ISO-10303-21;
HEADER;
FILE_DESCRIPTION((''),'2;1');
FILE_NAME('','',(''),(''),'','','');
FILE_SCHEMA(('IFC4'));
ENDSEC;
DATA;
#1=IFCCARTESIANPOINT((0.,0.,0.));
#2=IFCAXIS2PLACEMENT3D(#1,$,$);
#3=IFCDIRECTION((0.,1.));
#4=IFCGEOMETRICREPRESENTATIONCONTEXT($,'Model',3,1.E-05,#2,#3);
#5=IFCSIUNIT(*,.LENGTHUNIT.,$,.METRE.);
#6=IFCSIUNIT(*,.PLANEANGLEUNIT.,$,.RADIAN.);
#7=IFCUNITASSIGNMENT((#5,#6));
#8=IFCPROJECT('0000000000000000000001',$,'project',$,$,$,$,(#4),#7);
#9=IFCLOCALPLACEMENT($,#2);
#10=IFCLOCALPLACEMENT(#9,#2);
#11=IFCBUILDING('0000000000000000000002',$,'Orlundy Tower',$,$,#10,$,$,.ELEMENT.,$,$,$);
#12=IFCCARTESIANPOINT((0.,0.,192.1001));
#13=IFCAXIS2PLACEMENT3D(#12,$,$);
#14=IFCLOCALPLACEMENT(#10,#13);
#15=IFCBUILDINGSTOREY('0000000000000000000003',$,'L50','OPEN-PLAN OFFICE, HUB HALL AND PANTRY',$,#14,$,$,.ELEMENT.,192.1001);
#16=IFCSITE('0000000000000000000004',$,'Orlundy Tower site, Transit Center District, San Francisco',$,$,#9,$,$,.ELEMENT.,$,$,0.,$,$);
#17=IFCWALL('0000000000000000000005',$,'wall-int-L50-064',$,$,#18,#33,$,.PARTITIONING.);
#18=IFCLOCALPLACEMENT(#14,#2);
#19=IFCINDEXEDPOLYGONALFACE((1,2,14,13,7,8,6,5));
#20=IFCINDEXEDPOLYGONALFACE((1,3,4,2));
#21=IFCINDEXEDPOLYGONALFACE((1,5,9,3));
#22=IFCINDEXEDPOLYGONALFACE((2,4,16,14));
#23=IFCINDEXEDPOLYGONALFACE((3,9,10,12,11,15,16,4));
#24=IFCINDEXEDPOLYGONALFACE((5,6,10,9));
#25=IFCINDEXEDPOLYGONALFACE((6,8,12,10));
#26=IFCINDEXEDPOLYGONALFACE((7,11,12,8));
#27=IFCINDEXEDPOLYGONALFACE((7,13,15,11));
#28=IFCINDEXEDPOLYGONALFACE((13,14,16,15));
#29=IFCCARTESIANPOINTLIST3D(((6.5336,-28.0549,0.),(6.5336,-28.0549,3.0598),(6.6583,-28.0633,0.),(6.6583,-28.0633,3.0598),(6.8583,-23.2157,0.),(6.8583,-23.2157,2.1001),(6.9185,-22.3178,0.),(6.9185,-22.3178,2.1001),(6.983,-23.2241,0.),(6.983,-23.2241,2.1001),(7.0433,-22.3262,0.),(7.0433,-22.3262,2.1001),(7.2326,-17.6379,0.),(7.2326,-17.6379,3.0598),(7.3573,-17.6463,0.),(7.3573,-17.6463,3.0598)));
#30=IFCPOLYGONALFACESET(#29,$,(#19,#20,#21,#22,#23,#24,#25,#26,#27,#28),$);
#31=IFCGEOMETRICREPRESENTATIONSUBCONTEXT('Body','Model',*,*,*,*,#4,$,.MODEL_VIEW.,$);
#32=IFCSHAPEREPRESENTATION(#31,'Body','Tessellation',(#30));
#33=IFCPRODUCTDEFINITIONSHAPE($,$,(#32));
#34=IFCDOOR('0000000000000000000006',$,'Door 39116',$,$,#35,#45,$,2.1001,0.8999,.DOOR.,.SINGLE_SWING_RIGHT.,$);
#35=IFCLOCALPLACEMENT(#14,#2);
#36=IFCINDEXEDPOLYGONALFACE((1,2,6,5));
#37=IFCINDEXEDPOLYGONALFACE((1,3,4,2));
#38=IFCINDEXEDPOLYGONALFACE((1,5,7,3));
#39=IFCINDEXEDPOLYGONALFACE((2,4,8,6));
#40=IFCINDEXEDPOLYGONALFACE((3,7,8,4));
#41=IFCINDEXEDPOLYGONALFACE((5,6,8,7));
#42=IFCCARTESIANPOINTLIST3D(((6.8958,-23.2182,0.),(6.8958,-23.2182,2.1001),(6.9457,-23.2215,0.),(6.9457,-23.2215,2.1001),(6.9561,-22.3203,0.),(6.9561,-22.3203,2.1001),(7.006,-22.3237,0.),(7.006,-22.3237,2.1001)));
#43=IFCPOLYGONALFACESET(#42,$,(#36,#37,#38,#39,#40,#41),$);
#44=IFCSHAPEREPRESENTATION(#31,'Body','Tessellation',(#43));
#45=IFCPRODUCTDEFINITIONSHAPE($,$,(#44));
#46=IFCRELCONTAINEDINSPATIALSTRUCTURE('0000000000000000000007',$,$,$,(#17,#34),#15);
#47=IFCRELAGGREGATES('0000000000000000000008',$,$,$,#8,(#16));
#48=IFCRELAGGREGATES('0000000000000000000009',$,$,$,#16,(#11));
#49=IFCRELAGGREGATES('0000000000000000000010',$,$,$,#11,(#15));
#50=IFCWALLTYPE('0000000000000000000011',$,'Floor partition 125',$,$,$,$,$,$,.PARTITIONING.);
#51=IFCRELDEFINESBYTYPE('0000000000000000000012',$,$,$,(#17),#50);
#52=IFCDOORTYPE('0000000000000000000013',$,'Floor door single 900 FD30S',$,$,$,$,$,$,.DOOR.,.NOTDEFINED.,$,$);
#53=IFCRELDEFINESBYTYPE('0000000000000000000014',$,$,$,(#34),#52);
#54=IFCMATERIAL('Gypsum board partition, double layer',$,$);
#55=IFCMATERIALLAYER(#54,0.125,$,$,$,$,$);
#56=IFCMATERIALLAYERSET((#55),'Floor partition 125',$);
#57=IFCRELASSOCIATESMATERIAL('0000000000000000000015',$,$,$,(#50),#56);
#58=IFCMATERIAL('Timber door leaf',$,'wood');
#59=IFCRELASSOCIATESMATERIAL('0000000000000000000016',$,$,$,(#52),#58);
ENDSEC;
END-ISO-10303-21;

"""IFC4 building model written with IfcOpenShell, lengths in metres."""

from ifc_helpers import new_model, si_unit, direction, frame, frame_2d, origin, place, context, subcontext, project, spatial, rectangle, extrude, material, layer, layer_set, type_object, element, fill, save


model = new_model("IFC4")

# Units and contexts
model_context = context("Model", 3, precision=1e-05, world=origin(), true_north=direction((0.0, 1.0)))
body_context = subcontext(model_context, "Body", "Model", "MODEL_VIEW")
ifc_project = project(units=[si_unit("LENGTHUNIT", "METRE"), si_unit("PLANEANGLEUNIT", "RADIAN")], contexts=[model_context])

# Site, building, storey
site_placement = place(None, origin())
site = spatial("IfcSite", under=ifc_project, at=site_placement, Name="Orlundy Tower site, Transit Center District, San Francisco", CompositionType="ELEMENT", RefElevation=0.0)
building_placement = place(site_placement, origin())
building = spatial("IfcBuilding", under=site, at=building_placement, Name="Orlundy Tower", CompositionType="ELEMENT")
storey_placement = place(building_placement, frame((0.0, 0.0, 192.1001)))
storey = spatial("IfcBuildingStorey", under=building, at=storey_placement, Name="L50", Description="OPEN-PLAN OFFICE, HUB HALL AND PANTRY", CompositionType="ELEMENT", Elevation=192.1001)

# Shared definitions
ifc_material_1 = material(Name="Gypsum board partition, double layer")
ifc_layer_1 = layer(ifc_material_1, 0.125)
ifc_layer_set_1 = layer_set([ifc_layer_1], Name="Floor partition 125")
wall_type_1 = type_object("IfcWallType", Name="Floor partition 125", PredefinedType="PARTITIONING", material=ifc_layer_set_1)

# Wall, opening, door
ifc_material_2 = material(Name="Timber door leaf", Category="wood")
door_type = type_object("IfcDoorType", Name="Floor door single 900 FD30S", OperationType="NOTDEFINED", PredefinedType="DOOR", material=ifc_material_2)
wall_1_placement = place(storey_placement, frame((6.5959, -28.0591, 0.0), z_axis=(0.0, 0.0, 1.0), x_axis=(0.066949, 0.997756, 0.0)))
wall_1 = element("IfcWall", 1, at=wall_1_placement, inside=storey, type_object=wall_type_1, Name="wall-int-L50-064", PredefinedType="PARTITIONING", context=body_context, shape_type="SweptSolid", body=[
    extrude(rectangle(XDim=10.4404, YDim=0.125, at=frame_2d((5.2202, 0.0))), origin(), (0.0, 0.0, 1.0), 3.0598),
])
opening_1_placement = place(wall_1_placement, frame((4.8501, 0.0, 0.0)))
opening_1 = element("IfcOpeningElement", 2, at=opening_1_placement, cuts=wall_1, PredefinedType="OPENING", context=body_context, shape_type="SweptSolid", body=[
    extrude(rectangle(XDim=0.8999, YDim=2.1001, at=frame_2d((0.45, 1.05))), frame((0.0, 0.0725, 0.0), z_axis=(0.0, -1.0, 0.0), x_axis=(1.0, 0.0, 0.0)), (0.0, 0.0, 1.0), 0.145),
])
door_1_placement = place(opening_1_placement, origin())
door_1 = element("IfcDoor", 3, at=door_1_placement, inside=storey, type_object=door_type, Name="Door 39116", OperationType="SINGLE_SWING_RIGHT", OverallHeight=2.1001, OverallWidth=0.8999, PredefinedType="DOOR", context=body_context, shape_type="SweptSolid", body=[
    extrude(rectangle(XDim=0.8999, YDim=2.1001, at=frame_2d((0.45, 1.05))), frame((0.0, 0.0249, 0.0), z_axis=(0.0, -1.0, 0.0), x_axis=(1.0, 0.0, 0.0)), (0.0, 0.0, 1.0), 0.05),
])
fill(opening_1, door_1)

save(model, "model.ifc")
